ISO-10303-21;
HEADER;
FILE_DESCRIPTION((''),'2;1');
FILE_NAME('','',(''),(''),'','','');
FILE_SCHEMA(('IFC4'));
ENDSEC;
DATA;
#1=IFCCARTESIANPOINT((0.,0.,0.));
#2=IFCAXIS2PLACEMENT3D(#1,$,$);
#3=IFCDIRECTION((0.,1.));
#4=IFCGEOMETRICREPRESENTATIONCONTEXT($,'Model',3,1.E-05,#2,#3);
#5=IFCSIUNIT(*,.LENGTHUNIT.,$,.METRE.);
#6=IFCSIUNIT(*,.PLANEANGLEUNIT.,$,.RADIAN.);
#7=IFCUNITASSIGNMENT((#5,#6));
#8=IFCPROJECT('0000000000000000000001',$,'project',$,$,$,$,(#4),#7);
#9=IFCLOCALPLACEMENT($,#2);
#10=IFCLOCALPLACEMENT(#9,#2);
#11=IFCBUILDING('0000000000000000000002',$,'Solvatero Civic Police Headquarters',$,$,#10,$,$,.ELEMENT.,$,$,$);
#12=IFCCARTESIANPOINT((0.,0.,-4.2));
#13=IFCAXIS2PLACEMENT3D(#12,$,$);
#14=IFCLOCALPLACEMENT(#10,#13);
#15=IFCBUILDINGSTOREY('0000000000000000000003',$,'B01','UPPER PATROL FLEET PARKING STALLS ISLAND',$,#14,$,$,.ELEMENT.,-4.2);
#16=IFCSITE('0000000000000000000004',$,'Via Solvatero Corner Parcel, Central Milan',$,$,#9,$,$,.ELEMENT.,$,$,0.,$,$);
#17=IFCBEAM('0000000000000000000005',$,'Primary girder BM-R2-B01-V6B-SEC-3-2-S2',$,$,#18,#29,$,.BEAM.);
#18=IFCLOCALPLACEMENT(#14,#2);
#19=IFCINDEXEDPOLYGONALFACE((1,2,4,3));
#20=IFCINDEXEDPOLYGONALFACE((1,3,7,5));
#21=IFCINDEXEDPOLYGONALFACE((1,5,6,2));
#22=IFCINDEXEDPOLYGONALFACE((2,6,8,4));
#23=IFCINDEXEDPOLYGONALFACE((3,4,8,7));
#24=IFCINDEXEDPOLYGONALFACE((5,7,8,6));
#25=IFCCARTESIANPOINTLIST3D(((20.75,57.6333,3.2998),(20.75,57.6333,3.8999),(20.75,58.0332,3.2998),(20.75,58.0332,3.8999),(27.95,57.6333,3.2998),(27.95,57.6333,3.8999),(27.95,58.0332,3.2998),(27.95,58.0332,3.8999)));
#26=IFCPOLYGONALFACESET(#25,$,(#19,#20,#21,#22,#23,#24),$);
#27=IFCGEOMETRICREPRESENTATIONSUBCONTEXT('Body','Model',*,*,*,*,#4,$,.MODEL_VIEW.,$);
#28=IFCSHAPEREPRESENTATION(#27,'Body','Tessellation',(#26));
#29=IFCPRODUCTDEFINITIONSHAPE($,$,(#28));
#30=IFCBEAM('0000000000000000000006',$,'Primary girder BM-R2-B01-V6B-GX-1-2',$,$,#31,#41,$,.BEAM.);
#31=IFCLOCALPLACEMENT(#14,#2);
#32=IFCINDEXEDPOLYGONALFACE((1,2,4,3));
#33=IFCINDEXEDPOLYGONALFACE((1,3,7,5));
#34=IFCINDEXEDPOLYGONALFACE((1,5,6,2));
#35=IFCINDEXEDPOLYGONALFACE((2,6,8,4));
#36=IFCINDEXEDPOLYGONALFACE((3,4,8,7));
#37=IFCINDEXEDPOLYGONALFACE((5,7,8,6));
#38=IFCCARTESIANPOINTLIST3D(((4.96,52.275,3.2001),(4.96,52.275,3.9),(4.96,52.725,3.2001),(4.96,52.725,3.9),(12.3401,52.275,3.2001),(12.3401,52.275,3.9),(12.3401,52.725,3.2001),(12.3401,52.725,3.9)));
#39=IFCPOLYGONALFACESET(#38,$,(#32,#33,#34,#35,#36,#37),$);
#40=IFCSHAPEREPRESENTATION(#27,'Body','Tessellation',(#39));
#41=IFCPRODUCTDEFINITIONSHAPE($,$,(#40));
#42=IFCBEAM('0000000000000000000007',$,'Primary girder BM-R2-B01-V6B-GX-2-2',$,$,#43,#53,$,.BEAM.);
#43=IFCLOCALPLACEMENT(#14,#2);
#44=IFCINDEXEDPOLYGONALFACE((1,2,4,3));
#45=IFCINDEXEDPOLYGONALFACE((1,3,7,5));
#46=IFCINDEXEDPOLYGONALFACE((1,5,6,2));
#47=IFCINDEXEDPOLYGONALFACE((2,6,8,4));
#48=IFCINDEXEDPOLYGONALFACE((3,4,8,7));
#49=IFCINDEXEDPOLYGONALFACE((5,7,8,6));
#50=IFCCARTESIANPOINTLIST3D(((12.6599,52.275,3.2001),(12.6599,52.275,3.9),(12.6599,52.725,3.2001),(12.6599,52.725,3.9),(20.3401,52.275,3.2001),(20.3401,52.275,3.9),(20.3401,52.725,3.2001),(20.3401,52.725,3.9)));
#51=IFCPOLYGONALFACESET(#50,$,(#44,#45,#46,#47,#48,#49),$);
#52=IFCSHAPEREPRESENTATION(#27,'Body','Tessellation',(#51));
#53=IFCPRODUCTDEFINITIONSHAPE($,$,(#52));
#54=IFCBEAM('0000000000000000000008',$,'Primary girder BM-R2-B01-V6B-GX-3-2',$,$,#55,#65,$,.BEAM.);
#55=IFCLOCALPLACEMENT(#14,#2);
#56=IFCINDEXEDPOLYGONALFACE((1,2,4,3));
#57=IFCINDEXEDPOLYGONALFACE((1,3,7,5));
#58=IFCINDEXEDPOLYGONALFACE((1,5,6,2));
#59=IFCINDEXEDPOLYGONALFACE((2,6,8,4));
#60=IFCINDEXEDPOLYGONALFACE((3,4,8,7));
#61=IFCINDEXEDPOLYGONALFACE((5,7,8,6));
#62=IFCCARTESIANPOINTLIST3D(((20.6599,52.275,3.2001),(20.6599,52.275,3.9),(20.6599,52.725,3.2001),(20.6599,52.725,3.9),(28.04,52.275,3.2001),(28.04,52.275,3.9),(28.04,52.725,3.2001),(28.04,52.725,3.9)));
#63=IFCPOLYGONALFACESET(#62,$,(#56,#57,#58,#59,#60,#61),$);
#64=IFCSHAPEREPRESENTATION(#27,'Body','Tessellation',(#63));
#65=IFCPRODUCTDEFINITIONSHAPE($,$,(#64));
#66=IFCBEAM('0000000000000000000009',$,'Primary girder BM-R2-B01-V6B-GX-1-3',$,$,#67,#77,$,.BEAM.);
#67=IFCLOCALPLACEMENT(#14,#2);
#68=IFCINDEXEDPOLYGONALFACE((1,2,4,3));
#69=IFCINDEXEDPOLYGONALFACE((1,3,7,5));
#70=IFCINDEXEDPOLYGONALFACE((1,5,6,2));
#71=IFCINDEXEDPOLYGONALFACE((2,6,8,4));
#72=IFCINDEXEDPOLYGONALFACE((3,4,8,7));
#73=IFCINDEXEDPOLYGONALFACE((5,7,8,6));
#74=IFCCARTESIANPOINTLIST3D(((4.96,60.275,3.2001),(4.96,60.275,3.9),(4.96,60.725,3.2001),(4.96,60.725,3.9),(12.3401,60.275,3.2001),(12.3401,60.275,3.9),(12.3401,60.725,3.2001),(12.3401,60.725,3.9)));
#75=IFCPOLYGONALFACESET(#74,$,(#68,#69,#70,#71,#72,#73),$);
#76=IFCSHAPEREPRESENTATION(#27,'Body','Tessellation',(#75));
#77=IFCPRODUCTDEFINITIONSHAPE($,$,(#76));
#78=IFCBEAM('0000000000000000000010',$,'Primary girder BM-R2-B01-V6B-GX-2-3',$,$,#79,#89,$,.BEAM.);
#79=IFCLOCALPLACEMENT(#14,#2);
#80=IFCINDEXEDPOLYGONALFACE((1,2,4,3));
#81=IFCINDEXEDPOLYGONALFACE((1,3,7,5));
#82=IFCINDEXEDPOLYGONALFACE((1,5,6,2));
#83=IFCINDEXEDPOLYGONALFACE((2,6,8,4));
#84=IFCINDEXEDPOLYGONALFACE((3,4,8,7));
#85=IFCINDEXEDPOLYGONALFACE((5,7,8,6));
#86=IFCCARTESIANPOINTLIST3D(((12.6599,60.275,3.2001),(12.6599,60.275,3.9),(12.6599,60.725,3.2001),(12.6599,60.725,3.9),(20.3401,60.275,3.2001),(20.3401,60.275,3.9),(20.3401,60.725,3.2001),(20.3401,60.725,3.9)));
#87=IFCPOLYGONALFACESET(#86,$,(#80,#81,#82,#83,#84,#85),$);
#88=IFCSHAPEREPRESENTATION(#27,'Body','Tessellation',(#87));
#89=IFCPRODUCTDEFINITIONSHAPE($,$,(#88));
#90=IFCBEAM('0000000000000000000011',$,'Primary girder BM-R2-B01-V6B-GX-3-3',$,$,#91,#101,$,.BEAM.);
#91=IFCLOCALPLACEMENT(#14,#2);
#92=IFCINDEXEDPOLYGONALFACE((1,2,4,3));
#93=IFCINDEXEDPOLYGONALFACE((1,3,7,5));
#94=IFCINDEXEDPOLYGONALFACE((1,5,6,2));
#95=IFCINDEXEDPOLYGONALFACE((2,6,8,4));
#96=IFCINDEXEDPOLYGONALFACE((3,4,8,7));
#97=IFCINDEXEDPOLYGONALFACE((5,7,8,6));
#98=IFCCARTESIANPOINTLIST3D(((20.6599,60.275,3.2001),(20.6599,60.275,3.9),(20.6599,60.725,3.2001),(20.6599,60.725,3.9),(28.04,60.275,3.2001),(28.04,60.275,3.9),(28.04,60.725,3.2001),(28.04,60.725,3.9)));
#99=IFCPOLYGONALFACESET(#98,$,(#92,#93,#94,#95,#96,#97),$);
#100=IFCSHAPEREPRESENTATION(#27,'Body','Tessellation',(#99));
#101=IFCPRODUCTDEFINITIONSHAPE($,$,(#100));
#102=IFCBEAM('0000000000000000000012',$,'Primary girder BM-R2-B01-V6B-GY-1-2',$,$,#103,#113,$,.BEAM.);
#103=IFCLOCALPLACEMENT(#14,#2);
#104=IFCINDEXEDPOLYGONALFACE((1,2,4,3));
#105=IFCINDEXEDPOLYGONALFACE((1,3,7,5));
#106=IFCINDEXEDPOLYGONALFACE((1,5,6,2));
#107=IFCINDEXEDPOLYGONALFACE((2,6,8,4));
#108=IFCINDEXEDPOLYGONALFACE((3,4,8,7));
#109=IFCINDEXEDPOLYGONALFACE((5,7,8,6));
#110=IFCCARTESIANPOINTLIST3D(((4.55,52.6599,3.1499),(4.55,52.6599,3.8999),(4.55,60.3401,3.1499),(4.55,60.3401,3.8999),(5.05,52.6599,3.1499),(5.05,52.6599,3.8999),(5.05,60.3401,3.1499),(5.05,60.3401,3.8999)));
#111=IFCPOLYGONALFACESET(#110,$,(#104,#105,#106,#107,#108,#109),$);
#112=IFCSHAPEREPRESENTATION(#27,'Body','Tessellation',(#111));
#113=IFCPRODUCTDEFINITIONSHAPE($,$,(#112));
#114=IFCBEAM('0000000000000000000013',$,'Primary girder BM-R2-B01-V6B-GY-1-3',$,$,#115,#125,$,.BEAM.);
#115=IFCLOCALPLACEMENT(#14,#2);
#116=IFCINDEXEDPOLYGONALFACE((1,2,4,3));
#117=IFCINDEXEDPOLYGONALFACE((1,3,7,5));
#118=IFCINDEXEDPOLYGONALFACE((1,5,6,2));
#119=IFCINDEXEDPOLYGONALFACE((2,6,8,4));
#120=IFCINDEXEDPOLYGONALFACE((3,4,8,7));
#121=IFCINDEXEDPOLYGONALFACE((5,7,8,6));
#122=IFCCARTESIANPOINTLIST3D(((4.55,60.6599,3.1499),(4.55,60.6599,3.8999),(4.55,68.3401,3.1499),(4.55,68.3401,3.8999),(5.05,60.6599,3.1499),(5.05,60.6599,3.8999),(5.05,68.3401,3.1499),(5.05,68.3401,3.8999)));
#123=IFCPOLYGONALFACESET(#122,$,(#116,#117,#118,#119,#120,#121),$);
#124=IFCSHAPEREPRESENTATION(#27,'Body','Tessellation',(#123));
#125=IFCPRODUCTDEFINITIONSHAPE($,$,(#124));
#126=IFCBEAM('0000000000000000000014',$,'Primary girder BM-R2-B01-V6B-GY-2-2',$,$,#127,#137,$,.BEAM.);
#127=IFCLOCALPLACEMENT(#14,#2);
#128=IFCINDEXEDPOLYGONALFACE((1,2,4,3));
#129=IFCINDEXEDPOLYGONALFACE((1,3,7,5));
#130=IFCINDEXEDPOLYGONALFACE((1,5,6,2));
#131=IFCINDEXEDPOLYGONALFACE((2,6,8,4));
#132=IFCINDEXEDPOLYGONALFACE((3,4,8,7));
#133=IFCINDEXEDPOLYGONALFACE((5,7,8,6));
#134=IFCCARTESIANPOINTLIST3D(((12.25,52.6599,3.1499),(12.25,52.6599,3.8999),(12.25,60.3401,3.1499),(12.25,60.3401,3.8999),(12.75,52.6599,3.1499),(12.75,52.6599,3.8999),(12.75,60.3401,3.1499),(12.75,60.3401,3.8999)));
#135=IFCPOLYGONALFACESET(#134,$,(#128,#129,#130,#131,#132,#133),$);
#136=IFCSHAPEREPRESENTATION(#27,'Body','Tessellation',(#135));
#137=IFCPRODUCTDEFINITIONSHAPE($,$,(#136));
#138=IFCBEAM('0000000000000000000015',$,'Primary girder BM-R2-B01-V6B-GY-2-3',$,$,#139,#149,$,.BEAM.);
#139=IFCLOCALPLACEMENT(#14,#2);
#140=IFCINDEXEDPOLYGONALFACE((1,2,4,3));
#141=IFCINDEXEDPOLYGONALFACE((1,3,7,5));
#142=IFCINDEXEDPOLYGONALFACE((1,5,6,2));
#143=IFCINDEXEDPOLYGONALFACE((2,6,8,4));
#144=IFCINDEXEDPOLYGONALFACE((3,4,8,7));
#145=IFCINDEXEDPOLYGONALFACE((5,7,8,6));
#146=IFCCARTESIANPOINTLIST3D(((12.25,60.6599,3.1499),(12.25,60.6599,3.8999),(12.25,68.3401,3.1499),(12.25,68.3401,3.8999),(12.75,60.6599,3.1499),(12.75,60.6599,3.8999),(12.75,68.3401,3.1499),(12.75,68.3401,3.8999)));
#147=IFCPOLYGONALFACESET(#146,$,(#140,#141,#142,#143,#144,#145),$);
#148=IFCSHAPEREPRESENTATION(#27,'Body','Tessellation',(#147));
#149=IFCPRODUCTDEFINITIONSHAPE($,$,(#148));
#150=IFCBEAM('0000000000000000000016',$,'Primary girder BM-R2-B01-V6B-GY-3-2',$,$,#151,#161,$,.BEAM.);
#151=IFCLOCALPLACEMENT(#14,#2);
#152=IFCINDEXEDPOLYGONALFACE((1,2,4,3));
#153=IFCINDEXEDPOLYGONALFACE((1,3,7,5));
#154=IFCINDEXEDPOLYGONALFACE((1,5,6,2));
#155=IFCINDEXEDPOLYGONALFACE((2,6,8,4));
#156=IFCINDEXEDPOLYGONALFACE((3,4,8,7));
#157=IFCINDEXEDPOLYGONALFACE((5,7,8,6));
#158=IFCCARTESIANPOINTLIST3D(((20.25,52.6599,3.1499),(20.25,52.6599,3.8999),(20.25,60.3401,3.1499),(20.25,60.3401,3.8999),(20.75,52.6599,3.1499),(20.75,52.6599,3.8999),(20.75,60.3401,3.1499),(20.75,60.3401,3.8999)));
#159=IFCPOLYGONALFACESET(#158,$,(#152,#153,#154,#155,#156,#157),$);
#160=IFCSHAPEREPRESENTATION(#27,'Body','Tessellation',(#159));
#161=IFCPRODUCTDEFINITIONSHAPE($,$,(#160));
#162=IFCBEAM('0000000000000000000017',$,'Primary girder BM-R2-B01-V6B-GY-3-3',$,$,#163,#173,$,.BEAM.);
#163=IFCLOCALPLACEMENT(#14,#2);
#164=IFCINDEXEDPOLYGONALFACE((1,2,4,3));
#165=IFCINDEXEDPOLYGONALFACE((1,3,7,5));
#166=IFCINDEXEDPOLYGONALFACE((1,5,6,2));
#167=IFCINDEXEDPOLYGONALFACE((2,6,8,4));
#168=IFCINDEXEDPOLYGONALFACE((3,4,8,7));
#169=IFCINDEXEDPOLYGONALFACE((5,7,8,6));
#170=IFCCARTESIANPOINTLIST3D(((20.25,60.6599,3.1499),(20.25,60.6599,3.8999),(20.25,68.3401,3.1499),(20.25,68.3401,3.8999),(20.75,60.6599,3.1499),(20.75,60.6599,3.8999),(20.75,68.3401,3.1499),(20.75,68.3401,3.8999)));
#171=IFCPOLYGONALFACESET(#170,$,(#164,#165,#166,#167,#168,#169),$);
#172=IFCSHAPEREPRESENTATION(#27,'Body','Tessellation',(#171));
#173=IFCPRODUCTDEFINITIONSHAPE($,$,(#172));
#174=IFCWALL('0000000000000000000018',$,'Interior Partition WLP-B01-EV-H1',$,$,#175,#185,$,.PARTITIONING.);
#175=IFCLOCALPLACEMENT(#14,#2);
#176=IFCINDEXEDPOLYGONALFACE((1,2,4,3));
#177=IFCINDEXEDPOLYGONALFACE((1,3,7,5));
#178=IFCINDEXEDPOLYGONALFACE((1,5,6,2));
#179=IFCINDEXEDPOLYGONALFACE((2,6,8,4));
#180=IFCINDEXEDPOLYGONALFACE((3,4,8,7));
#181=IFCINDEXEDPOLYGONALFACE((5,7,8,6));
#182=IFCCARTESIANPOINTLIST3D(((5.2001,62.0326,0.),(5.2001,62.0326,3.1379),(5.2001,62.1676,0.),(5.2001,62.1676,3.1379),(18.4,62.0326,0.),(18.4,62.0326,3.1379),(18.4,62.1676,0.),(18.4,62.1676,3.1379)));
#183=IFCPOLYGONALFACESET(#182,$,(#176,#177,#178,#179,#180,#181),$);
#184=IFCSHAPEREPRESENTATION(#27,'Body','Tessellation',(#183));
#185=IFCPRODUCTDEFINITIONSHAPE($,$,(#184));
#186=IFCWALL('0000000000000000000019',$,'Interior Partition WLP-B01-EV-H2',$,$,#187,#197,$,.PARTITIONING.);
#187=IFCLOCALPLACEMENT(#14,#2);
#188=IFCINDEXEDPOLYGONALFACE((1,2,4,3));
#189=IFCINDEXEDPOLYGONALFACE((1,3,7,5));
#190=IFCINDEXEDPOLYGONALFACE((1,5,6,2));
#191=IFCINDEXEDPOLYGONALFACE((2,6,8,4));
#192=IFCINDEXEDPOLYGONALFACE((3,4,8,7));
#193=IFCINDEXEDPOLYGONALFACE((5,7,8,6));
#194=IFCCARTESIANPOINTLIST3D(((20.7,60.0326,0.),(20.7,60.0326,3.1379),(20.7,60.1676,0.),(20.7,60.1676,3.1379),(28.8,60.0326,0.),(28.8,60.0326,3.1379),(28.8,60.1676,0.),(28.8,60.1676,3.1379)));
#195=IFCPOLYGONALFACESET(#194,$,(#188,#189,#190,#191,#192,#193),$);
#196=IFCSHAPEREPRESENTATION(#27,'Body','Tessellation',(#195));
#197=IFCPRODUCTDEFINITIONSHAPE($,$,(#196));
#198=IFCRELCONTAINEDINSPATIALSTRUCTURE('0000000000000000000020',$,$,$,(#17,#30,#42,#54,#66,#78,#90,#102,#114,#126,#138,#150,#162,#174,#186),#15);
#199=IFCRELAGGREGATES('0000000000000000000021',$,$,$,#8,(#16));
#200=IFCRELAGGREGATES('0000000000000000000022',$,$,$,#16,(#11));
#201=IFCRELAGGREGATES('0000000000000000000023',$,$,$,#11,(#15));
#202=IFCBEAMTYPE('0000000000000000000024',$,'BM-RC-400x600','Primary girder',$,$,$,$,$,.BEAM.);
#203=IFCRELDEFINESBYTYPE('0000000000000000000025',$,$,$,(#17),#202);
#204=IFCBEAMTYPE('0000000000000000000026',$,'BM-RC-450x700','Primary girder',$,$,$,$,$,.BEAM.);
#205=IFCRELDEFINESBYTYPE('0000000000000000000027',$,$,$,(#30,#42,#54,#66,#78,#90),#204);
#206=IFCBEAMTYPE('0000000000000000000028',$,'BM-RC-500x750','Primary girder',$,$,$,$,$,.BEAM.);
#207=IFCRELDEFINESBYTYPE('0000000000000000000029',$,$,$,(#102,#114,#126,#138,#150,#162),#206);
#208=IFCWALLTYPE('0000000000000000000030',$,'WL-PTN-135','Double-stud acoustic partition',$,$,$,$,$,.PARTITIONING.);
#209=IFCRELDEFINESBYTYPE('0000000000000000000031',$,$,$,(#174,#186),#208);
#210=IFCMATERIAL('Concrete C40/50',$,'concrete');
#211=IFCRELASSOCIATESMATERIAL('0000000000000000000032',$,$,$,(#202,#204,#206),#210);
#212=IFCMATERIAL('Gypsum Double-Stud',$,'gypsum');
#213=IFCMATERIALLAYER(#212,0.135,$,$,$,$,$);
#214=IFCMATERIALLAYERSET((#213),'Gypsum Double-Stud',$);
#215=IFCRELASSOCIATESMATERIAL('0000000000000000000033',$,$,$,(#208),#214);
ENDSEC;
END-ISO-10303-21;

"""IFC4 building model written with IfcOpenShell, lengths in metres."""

from ifc_helpers import new_model, si_unit, direction, frame, frame_2d, origin, origin_2d, place, context, subcontext, project, spatial, rectangle, extrude, material, layer, layer_set, material_profile, profile_set, type_object, element, save


model = new_model("IFC4")

# Units and contexts
model_context = context("Model", 3, precision=1e-05, world=origin(), true_north=direction((0.0, 1.0)))
body_context = subcontext(model_context, "Body", "Model", "MODEL_VIEW")
ifc_project = project(units=[si_unit("LENGTHUNIT", "METRE"), si_unit("PLANEANGLEUNIT", "RADIAN")], contexts=[model_context])

# Site, building, storey
site_placement = place(None, origin())
site = spatial("IfcSite", under=ifc_project, at=site_placement, Name="Via Solvatero Corner Parcel, Central Milan", CompositionType="ELEMENT", RefElevation=0.0)
building_placement = place(site_placement, origin())
building = spatial("IfcBuilding", under=site, at=building_placement, Name="Solvatero Civic Police Headquarters", CompositionType="ELEMENT")
storey_placement = place(building_placement, frame((0.0, 0.0, -4.2)))
storey = spatial("IfcBuildingStorey", under=building, at=storey_placement, Name="B01", Description="UPPER PATROL FLEET PARKING STALLS ISLAND", CompositionType="ELEMENT", Elevation=-4.2)

# Shared definitions
ifc_material_1 = material(Name="Concrete C40/50", Category="concrete")

# Beams
ifc_material_profile_1 = material_profile(ifc_material_1, rectangle(XDim=0.3999, YDim=0.6001, at=origin_2d()), Name="RC 400x600")
ifc_profile_set_1 = profile_set([ifc_material_profile_1], Name="Concrete C40/50")
beam_type_1 = type_object("IfcBeamType", Name="BM-RC-400x600", Description="Primary girder", PredefinedType="BEAM", material=ifc_profile_set_1)
for number, where, z_axis, x_axis, name in (
    (1, (20.75, 57.8333, 3.5999), (1.0, 0.0, 0.0), (0.0, 1.0, 0.0), "Primary girder BM-R2-B01-V6B-SEC-3-2-S2"),
):
    element("IfcBeam", number, at=place(storey_placement, frame(where, z_axis=z_axis, x_axis=x_axis)), inside=storey, type_object=beam_type_1, Name=name, PredefinedType="BEAM", context=body_context, shape_type="SweptSolid", body=[
        extrude(rectangle(XDim=0.3999, YDim=0.6001, at=origin_2d()), origin(), (0.0, 0.0, 1.0), 7.2),
    ])
ifc_material_profile_2 = material_profile(ifc_material_1, rectangle(XDim=0.45, YDim=0.7, at=origin_2d()), Name="RC 450x700")
ifc_profile_set_2 = profile_set([ifc_material_profile_2], Name="Concrete C40/50")
beam_type_2 = type_object("IfcBeamType", Name="BM-RC-450x700", Description="Primary girder", PredefinedType="BEAM", material=ifc_profile_set_2)
beam_1_placement = place(storey_placement, frame((4.96, 52.5, 3.55), z_axis=(1.0, 0.0, 0.0), x_axis=(0.0, 1.0, 0.0)))
element("IfcBeam", 2, at=beam_1_placement, inside=storey, type_object=beam_type_2, Name="Primary girder BM-R2-B01-V6B-GX-1-2", PredefinedType="BEAM", context=body_context, shape_type="SweptSolid", body=[
    extrude(rectangle(XDim=0.45, YDim=0.7, at=origin_2d()), origin(), (0.0, 0.0, 1.0), 7.3801),
])
beam_2_placement = place(storey_placement, frame((12.6599, 52.5, 3.55), z_axis=(1.0, 0.0, 0.0), x_axis=(0.0, 1.0, 0.0)))
element("IfcBeam", 3, at=beam_2_placement, inside=storey, type_object=beam_type_2, Name="Primary girder BM-R2-B01-V6B-GX-2-2", PredefinedType="BEAM", context=body_context, shape_type="SweptSolid", body=[
    extrude(rectangle(XDim=0.45, YDim=0.7, at=origin_2d()), origin(), (0.0, 0.0, 1.0), 7.6802),
])
for number, where, z_axis, x_axis, name in (
    (4, (20.6599, 52.5, 3.55), (1.0, 0.0, 0.0), (0.0, 1.0, 0.0), "Primary girder BM-R2-B01-V6B-GX-3-2"),
    (5, (4.96, 60.5, 3.55), (1.0, 0.0, 0.0), (0.0, 1.0, 0.0), "Primary girder BM-R2-B01-V6B-GX-1-3"),
):
    element("IfcBeam", number, at=place(storey_placement, frame(where, z_axis=z_axis, x_axis=x_axis)), inside=storey, type_object=beam_type_2, Name=name, PredefinedType="BEAM", context=body_context, shape_type="SweptSolid", body=[
        extrude(rectangle(XDim=0.45, YDim=0.7, at=origin_2d()), origin(), (0.0, 0.0, 1.0), 7.3801),
    ])
beam_3_placement = place(storey_placement, frame((12.6599, 60.5, 3.55), z_axis=(1.0, 0.0, 0.0), x_axis=(0.0, 1.0, 0.0)))
element("IfcBeam", 6, at=beam_3_placement, inside=storey, type_object=beam_type_2, Name="Primary girder BM-R2-B01-V6B-GX-2-3", PredefinedType="BEAM", context=body_context, shape_type="SweptSolid", body=[
    extrude(rectangle(XDim=0.45, YDim=0.7, at=origin_2d()), origin(), (0.0, 0.0, 1.0), 7.6802),
])
beam_4_placement = place(storey_placement, frame((20.6599, 60.5, 3.55), z_axis=(1.0, 0.0, 0.0), x_axis=(0.0, 1.0, 0.0)))
element("IfcBeam", 7, at=beam_4_placement, inside=storey, type_object=beam_type_2, Name="Primary girder BM-R2-B01-V6B-GX-3-3", PredefinedType="BEAM", context=body_context, shape_type="SweptSolid", body=[
    extrude(rectangle(XDim=0.45, YDim=0.7, at=origin_2d()), origin(), (0.0, 0.0, 1.0), 7.3801),
])
ifc_material_profile_3 = material_profile(ifc_material_1, rectangle(XDim=0.5, YDim=0.75, at=origin_2d()), Name="RC 500x750")
ifc_profile_set_3 = profile_set([ifc_material_profile_3], Name="Concrete C40/50")
beam_type_3 = type_object("IfcBeamType", Name="BM-RC-500x750", Description="Primary girder", PredefinedType="BEAM", material=ifc_profile_set_3)
for number, where, z_axis, x_axis, name in (
    (8, (4.8, 52.6599, 3.5249), (0.0, 1.0, 0.0), (-1.0, 0.0, 0.0), "Primary girder BM-R2-B01-V6B-GY-1-2"),
    (9, (4.8, 60.6599, 3.5249), (0.0, 1.0, 0.0), (-1.0, 0.0, 0.0), "Primary girder BM-R2-B01-V6B-GY-1-3"),
    (10, (12.5, 52.6599, 3.5249), (0.0, 1.0, 0.0), (-1.0, 0.0, 0.0), "Primary girder BM-R2-B01-V6B-GY-2-2"),
    (11, (12.5, 60.6599, 3.5249), (0.0, 1.0, 0.0), (-1.0, 0.0, 0.0), "Primary girder BM-R2-B01-V6B-GY-2-3"),
    (12, (20.5, 52.6599, 3.5249), (0.0, 1.0, 0.0), (-1.0, 0.0, 0.0), "Primary girder BM-R2-B01-V6B-GY-3-2"),
    (13, (20.5, 60.6599, 3.5249), (0.0, 1.0, 0.0), (-1.0, 0.0, 0.0), "Primary girder BM-R2-B01-V6B-GY-3-3"),
):
    element("IfcBeam", number, at=place(storey_placement, frame(where, z_axis=z_axis, x_axis=x_axis)), inside=storey, type_object=beam_type_3, Name=name, PredefinedType="BEAM", context=body_context, shape_type="SweptSolid", body=[
        extrude(rectangle(XDim=0.5, YDim=0.75, at=origin_2d()), origin(), (0.0, 0.0, 1.0), 7.6802),
    ])

# Walls
ifc_material_2 = material(Name="Gypsum Double-Stud", Category="gypsum")
ifc_layer = layer(ifc_material_2, 0.135)
ifc_layer_set = layer_set([ifc_layer], Name="Gypsum Double-Stud")
wall_type = type_object("IfcWallType", Name="WL-PTN-135", Description="Double-stud acoustic partition", PredefinedType="PARTITIONING", material=ifc_layer_set)
wall_1_placement = place(storey_placement, frame((5.2, 62.1001, 0.0), z_axis=(0.0, 0.0, 1.0), x_axis=(1.0, 0.0, 0.0)))
element("IfcWall", 14, at=wall_1_placement, inside=storey, type_object=wall_type, Name="Interior Partition WLP-B01-EV-H1", PredefinedType="PARTITIONING", context=body_context, shape_type="SweptSolid", body=[
    extrude(rectangle(XDim=13.2, YDim=0.135, at=frame_2d((6.6001, 0.0))), origin(), (0.0, 0.0, 1.0), 3.1379),
])
wall_2_placement = place(storey_placement, frame((20.7, 60.1001, 0.0), z_axis=(0.0, 0.0, 1.0), x_axis=(1.0, 0.0, 0.0)))
element("IfcWall", 15, at=wall_2_placement, inside=storey, type_object=wall_type, Name="Interior Partition WLP-B01-EV-H2", PredefinedType="PARTITIONING", context=body_context, shape_type="SweptSolid", body=[
    extrude(rectangle(XDim=8.1001, YDim=0.135, at=frame_2d((4.05, 0.0))), origin(), (0.0, 0.0, 1.0), 3.1379),
])

save(model, "model.ifc")
